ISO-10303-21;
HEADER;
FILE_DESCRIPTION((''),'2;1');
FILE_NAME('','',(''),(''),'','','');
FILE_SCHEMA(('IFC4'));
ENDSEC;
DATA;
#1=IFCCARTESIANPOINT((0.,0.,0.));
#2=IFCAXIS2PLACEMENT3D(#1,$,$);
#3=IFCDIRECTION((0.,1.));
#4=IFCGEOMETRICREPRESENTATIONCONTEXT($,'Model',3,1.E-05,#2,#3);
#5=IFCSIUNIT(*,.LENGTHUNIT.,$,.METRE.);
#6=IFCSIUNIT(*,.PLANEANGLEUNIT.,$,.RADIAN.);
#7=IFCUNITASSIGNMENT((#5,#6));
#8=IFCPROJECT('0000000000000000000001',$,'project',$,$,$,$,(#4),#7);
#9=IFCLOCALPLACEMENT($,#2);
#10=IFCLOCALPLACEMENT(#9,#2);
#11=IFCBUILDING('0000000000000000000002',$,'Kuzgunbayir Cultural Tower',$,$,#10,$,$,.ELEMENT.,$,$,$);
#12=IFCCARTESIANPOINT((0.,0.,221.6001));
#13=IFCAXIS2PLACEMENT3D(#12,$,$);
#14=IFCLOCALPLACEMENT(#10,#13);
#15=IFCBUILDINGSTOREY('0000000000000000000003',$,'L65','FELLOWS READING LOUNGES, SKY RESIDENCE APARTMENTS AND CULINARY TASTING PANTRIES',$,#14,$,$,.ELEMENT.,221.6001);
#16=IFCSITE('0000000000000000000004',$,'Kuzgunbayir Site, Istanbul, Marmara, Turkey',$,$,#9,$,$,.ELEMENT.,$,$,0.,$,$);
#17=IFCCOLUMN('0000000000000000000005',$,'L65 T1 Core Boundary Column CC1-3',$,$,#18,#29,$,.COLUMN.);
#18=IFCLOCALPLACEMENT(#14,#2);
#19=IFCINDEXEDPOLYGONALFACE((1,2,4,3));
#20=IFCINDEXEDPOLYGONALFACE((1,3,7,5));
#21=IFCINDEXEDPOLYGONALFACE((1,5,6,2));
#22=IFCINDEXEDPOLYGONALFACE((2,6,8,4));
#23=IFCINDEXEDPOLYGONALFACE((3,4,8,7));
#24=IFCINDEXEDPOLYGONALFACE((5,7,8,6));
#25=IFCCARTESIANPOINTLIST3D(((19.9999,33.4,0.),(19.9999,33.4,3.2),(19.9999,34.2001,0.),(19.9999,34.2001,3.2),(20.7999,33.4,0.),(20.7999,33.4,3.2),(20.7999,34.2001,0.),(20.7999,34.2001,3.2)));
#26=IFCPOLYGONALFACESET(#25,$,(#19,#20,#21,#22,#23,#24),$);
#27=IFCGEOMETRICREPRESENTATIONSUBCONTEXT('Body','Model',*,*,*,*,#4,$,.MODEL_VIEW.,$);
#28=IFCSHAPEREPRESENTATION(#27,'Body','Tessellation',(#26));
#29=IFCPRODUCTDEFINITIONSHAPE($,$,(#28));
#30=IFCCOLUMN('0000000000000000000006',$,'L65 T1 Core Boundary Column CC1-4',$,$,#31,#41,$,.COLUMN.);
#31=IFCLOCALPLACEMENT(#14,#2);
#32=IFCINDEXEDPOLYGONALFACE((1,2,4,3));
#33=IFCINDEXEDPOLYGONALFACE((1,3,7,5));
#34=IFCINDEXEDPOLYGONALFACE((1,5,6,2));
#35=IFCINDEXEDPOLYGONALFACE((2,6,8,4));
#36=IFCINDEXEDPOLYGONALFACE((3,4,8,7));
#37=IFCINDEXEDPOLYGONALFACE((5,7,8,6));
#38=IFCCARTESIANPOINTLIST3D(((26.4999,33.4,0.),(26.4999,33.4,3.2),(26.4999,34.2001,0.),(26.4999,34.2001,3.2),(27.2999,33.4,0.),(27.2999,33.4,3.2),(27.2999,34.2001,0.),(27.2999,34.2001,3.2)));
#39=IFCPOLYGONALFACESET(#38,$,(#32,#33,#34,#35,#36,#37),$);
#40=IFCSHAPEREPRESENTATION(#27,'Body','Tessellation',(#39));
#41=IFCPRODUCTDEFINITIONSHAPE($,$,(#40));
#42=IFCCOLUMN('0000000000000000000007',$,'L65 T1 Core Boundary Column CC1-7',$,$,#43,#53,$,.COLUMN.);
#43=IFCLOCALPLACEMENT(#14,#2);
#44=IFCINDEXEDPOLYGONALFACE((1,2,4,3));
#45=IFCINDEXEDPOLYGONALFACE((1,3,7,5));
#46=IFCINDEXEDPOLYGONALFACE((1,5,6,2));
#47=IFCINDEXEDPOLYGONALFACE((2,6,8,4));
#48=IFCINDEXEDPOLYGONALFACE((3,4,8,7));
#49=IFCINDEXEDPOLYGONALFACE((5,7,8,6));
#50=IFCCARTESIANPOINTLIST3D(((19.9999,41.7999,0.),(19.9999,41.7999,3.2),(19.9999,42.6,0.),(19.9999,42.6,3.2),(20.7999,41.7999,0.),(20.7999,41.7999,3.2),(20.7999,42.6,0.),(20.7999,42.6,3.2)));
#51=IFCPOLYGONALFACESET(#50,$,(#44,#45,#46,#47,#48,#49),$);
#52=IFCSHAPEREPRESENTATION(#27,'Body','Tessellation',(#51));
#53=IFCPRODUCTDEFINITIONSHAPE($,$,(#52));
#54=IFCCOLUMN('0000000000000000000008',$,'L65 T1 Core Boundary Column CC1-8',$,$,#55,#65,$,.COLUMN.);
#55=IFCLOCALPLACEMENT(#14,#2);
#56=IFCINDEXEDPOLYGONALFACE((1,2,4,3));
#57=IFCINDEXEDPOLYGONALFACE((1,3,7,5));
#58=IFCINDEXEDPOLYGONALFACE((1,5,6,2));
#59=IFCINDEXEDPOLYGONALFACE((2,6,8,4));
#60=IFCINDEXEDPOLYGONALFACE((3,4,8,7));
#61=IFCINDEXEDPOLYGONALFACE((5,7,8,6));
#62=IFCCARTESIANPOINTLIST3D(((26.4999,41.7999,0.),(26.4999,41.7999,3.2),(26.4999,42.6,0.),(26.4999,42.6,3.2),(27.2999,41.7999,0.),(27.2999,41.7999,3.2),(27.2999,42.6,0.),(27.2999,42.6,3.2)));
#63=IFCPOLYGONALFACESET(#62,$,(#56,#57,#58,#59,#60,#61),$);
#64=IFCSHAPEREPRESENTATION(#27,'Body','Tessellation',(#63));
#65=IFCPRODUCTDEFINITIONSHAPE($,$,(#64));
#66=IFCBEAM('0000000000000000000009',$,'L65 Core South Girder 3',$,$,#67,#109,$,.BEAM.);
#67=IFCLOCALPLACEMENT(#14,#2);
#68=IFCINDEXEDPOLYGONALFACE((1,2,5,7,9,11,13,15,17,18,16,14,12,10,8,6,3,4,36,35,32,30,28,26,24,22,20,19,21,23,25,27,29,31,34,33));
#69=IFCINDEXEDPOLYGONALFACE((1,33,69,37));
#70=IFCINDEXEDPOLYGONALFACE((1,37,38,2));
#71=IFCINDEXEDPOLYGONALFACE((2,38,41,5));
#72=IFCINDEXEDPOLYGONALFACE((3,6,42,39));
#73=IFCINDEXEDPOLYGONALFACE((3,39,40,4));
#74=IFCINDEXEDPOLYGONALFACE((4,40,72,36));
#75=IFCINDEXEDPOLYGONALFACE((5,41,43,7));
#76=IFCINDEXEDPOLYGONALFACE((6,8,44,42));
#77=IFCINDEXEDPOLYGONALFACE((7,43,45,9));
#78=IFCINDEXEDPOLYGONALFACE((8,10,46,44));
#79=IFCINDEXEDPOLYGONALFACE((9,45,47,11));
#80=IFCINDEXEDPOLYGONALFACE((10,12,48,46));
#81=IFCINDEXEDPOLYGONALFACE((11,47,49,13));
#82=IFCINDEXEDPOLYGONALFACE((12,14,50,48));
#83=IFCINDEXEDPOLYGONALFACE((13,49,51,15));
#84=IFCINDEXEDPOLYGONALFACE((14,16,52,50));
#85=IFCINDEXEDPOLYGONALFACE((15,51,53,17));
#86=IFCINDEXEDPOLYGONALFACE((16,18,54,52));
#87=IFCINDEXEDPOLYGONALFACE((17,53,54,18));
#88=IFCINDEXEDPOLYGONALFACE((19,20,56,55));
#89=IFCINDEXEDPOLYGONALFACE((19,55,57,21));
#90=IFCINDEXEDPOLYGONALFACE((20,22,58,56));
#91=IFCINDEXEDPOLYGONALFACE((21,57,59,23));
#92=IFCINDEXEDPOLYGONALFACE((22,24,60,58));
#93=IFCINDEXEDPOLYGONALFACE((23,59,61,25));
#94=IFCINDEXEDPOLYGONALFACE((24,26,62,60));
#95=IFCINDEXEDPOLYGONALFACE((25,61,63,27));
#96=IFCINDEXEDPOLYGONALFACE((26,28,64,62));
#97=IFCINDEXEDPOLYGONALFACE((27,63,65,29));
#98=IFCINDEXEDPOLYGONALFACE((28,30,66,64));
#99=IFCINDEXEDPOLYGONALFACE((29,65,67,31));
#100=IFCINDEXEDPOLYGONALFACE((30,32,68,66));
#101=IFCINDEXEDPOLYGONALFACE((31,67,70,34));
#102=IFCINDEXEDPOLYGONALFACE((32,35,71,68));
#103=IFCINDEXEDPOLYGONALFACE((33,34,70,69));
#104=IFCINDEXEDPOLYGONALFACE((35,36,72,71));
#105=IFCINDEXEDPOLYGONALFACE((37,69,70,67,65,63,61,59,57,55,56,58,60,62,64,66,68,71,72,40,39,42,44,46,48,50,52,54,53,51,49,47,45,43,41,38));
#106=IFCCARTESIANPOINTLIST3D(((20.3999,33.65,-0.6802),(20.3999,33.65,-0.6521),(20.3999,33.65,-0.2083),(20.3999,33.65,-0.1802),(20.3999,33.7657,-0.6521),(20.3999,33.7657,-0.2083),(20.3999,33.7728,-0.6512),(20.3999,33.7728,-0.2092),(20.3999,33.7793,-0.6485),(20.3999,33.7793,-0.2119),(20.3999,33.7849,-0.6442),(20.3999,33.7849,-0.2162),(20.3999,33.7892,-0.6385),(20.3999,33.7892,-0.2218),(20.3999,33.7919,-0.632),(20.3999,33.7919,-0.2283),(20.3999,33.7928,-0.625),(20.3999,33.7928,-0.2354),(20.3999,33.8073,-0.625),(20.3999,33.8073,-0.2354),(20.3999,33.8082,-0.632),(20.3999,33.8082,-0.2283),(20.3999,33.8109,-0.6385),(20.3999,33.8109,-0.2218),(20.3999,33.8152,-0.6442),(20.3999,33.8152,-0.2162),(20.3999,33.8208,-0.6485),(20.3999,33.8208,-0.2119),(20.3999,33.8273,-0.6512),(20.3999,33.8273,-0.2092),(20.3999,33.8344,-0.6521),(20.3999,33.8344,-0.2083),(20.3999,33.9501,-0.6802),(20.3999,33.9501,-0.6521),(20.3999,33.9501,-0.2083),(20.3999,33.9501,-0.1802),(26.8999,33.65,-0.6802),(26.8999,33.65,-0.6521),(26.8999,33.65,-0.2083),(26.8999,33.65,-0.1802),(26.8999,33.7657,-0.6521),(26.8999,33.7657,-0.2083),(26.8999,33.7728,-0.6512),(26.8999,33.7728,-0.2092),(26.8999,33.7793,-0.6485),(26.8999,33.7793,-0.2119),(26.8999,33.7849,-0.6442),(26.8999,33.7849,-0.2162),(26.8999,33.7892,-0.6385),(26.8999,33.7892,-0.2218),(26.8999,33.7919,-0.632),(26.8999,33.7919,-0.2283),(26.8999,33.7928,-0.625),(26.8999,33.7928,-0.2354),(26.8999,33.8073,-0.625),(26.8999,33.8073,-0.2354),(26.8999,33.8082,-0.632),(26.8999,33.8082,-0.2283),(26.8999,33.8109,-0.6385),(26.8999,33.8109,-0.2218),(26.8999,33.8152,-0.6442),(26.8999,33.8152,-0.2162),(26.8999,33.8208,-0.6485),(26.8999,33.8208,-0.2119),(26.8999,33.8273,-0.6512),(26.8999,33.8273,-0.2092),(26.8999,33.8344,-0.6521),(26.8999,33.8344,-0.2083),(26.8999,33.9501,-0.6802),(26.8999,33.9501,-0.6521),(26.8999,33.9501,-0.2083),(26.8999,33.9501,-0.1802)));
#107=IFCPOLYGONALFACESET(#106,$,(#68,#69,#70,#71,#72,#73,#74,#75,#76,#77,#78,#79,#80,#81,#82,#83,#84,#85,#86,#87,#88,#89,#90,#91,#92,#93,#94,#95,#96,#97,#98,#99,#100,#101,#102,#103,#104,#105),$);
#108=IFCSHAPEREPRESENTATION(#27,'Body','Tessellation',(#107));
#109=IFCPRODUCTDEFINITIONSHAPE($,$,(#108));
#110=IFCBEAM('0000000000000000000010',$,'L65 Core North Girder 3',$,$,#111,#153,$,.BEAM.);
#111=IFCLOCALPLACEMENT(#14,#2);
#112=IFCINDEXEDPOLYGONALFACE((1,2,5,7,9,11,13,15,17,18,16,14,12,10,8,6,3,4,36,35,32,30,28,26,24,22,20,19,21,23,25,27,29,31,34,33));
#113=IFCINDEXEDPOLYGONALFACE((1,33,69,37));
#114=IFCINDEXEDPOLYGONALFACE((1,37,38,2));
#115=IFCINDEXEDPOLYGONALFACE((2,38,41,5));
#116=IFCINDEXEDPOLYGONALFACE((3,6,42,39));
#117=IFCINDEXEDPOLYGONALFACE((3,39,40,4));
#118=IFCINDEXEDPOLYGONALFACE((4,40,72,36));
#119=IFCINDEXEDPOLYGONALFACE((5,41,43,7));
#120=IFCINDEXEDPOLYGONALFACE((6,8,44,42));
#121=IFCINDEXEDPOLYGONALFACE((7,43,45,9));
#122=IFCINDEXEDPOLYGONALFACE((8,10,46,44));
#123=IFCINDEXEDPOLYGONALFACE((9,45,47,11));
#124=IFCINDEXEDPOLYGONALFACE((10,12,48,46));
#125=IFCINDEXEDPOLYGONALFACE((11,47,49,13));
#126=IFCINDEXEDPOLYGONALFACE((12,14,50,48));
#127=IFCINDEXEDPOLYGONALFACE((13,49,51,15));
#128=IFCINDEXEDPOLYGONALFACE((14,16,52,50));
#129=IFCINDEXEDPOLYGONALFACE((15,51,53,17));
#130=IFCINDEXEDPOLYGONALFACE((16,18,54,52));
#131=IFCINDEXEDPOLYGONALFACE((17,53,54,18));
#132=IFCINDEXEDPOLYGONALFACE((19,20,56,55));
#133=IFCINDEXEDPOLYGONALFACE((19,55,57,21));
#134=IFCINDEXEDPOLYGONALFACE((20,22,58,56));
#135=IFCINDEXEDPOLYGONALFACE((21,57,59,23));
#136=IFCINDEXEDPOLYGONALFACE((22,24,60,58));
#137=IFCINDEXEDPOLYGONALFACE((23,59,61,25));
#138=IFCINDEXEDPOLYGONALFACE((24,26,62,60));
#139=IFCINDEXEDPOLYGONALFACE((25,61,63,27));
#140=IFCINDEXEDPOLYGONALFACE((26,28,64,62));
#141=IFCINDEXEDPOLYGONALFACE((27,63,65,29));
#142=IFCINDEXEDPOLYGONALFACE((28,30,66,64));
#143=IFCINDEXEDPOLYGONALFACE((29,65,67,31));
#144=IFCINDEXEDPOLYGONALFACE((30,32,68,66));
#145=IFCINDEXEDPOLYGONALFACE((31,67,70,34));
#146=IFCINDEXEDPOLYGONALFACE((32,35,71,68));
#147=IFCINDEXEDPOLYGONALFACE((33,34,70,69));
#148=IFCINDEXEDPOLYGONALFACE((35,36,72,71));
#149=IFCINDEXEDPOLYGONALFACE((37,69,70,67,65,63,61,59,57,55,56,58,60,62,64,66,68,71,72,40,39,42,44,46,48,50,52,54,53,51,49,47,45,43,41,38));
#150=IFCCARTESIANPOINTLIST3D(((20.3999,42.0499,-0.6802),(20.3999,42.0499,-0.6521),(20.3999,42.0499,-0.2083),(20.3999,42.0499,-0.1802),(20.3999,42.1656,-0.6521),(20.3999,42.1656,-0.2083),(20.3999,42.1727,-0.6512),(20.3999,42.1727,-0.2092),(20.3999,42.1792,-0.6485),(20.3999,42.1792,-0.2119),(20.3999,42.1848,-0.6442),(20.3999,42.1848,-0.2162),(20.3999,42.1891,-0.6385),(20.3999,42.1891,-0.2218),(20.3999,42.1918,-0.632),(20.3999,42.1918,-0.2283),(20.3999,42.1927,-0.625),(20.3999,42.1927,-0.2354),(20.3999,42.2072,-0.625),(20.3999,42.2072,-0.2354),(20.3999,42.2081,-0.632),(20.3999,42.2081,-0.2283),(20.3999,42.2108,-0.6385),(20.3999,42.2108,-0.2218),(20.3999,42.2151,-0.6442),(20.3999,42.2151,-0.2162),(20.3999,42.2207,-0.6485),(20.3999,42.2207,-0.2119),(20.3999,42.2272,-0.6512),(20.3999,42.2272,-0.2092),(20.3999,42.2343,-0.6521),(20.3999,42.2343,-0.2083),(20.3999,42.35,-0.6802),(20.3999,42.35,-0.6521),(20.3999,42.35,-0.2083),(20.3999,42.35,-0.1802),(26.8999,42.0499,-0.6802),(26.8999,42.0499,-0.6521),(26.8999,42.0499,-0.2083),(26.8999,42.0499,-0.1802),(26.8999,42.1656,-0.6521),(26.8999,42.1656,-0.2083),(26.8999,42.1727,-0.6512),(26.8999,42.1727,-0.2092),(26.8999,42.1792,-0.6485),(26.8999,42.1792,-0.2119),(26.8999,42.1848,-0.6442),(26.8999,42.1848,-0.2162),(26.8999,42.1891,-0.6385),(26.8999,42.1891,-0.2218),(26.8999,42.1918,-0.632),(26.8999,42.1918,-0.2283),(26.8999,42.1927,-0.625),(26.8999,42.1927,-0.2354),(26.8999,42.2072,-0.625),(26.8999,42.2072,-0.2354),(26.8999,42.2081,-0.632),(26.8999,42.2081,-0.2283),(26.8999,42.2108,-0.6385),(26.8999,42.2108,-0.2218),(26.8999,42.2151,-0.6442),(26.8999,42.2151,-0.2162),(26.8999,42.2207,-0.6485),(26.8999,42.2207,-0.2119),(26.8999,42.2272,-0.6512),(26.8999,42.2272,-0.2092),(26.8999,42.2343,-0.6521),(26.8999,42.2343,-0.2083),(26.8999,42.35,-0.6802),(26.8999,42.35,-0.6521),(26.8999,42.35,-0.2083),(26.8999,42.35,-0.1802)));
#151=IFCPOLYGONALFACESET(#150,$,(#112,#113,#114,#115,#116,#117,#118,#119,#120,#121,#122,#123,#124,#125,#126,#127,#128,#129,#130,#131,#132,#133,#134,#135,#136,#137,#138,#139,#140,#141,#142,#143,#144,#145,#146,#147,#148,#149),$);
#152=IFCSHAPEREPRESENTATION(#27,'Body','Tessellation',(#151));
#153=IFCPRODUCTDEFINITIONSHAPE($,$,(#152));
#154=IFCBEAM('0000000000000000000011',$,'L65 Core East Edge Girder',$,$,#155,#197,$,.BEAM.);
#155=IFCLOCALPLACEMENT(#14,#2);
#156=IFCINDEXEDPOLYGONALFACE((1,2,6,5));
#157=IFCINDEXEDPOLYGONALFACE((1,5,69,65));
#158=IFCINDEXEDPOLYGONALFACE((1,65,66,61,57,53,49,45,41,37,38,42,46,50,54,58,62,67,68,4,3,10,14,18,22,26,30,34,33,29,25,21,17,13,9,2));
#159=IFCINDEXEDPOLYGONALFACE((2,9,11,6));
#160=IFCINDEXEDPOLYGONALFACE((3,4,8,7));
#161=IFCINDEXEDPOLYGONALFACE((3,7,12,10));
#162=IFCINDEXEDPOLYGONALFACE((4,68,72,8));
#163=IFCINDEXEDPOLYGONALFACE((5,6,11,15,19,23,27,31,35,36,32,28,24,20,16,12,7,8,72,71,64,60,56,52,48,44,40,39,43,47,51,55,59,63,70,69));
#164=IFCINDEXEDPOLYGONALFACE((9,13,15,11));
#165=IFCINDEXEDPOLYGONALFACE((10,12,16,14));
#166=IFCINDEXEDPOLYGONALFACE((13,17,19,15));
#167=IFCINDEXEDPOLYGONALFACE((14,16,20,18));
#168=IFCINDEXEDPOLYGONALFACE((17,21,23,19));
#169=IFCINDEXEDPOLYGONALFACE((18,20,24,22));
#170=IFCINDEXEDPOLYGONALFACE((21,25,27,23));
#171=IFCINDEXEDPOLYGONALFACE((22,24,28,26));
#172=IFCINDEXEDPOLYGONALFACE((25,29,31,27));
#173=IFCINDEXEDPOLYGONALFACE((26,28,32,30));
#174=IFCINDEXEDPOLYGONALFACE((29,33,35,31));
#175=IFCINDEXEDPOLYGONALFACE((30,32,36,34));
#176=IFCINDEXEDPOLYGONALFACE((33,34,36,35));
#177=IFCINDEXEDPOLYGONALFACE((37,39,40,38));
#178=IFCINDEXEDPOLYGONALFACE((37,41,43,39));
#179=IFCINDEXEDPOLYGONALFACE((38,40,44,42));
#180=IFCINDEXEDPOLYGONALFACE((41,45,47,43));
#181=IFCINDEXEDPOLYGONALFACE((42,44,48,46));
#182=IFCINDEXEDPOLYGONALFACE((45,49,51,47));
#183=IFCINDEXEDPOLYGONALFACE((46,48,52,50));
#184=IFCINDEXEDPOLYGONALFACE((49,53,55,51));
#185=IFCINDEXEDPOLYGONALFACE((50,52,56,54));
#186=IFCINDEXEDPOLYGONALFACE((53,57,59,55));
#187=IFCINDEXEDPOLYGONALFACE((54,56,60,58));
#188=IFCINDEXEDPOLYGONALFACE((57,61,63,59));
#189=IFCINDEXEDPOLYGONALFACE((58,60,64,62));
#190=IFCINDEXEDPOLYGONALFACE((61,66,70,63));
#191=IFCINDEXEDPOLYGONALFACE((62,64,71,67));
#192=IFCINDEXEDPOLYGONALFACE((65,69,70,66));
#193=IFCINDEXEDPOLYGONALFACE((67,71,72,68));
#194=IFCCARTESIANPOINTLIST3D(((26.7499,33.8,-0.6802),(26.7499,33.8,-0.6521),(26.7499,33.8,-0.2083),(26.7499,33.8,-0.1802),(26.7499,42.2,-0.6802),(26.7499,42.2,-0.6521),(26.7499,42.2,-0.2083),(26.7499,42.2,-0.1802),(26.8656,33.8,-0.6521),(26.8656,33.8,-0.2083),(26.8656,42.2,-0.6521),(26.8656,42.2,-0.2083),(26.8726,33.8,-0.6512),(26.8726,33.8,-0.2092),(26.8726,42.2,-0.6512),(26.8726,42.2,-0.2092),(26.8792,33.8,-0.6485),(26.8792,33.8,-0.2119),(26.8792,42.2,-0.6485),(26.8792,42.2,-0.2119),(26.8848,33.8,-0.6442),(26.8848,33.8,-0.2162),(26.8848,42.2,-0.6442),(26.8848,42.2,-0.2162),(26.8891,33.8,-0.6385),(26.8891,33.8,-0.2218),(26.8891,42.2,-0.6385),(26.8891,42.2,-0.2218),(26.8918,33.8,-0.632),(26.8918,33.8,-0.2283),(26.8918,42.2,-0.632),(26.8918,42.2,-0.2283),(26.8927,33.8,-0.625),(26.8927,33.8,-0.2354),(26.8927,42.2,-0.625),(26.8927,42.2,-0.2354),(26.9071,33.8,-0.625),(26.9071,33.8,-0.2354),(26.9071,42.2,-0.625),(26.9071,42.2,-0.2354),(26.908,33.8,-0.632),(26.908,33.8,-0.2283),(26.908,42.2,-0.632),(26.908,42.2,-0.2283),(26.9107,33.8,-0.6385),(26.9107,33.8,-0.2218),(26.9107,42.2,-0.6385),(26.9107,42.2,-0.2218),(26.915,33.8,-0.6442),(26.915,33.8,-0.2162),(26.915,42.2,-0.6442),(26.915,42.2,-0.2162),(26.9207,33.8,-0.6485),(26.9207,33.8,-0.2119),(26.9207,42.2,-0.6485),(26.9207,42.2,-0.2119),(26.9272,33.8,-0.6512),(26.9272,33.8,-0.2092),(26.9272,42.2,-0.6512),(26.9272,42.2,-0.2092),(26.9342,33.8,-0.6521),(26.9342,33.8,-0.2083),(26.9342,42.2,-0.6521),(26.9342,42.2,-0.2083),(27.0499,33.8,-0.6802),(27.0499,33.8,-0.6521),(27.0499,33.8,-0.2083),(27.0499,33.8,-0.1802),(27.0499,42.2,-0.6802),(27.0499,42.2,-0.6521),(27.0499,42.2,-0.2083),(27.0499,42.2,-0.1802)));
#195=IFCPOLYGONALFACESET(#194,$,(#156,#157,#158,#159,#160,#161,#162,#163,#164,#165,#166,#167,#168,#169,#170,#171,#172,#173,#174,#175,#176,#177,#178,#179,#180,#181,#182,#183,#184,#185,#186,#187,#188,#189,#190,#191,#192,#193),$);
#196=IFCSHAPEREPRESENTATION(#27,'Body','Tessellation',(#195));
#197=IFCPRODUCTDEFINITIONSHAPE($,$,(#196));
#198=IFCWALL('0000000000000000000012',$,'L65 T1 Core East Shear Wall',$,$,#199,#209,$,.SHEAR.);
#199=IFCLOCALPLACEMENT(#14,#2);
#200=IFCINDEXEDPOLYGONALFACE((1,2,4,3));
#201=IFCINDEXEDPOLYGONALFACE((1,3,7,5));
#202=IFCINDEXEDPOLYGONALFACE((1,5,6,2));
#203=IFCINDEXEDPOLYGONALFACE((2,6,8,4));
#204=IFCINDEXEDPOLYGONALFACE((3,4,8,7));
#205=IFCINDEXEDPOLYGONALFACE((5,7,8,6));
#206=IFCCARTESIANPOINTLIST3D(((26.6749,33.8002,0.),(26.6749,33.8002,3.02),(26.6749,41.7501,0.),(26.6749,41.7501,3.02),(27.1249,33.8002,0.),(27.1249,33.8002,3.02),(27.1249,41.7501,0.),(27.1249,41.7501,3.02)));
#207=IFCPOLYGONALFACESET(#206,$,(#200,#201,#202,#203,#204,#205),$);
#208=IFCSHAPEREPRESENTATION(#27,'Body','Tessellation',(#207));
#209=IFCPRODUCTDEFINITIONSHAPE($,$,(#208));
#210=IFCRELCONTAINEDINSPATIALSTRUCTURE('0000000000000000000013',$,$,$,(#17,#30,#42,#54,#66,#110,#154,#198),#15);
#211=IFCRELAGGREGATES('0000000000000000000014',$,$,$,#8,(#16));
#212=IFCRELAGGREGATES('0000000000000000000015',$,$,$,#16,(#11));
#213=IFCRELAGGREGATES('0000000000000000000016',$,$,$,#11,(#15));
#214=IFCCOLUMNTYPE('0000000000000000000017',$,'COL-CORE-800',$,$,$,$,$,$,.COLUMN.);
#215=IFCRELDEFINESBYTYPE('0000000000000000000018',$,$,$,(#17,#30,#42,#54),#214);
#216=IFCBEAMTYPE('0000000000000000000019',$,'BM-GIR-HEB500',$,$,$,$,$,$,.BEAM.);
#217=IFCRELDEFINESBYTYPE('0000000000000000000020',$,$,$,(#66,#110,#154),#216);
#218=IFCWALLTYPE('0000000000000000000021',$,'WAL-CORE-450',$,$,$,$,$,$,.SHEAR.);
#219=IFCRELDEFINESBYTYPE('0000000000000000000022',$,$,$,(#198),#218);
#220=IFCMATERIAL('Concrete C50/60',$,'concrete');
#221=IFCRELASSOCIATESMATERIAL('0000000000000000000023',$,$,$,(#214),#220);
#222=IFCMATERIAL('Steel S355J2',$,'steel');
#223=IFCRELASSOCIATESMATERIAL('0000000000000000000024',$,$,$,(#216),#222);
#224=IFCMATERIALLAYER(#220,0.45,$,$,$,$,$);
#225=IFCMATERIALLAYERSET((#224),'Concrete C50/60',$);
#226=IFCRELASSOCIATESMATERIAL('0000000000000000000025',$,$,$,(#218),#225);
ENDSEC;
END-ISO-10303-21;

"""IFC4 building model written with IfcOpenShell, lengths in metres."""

from ifc_helpers import new_model, si_unit, direction, frame, frame_2d, origin, origin_2d, place, context, subcontext, project, spatial, rectangle, i_section, extrude, material, layer, layer_set, material_profile, profile_set, type_object, element, save


model = new_model("IFC4")

# Units and contexts
model_context = context("Model", 3, precision=1e-05, world=origin(), true_north=direction((0.0, 1.0)))
body_context = subcontext(model_context, "Body", "Model", "MODEL_VIEW")
ifc_project = project(units=[si_unit("LENGTHUNIT", "METRE"), si_unit("PLANEANGLEUNIT", "RADIAN")], contexts=[model_context])

# Site, building, storey
site_placement = place(None, origin())
site = spatial("IfcSite", under=ifc_project, at=site_placement, Name="Kuzgunbayir Site, Istanbul, Marmara, Turkey", CompositionType="ELEMENT", RefElevation=0.0)
building_placement = place(site_placement, origin())
building = spatial("IfcBuilding", under=site, at=building_placement, Name="Kuzgunbayir Cultural Tower", CompositionType="ELEMENT")
storey_placement = place(building_placement, frame((0.0, 0.0, 221.6001)))
storey = spatial("IfcBuildingStorey", under=building, at=storey_placement, Name="L65", Description="FELLOWS READING LOUNGES, SKY RESIDENCE APARTMENTS AND CULINARY TASTING PANTRIES", CompositionType="ELEMENT", Elevation=221.6001)

# Columns
ifc_material_1 = material(Name="Concrete C50/60", Category="concrete")
ifc_material_profile_1 = material_profile(ifc_material_1, rectangle(XDim=0.8, YDim=0.8, at=origin_2d()), Name="RC 800x800")
ifc_profile_set_1 = profile_set([ifc_material_profile_1], Name="Concrete C50/60")
column_type = type_object("IfcColumnType", Name="COL-CORE-800", PredefinedType="COLUMN", material=ifc_profile_set_1)
for number, where, z_axis, x_axis, name in (
    (1, (20.3999, 33.8, 0.0), (0.0, 0.0, 1.0), (1.0, 0.0, 0.0), "L65 T1 Core Boundary Column CC1-3"),
    (2, (26.8999, 33.8, 0.0), (0.0, 0.0, 1.0), (1.0, 0.0, 0.0), "L65 T1 Core Boundary Column CC1-4"),
    (3, (20.3999, 42.2, 0.0), (0.0, 0.0, 1.0), (1.0, 0.0, 0.0), "L65 T1 Core Boundary Column CC1-7"),
    (4, (26.8999, 42.2, 0.0), (0.0, 0.0, 1.0), (1.0, 0.0, 0.0), "L65 T1 Core Boundary Column CC1-8"),
):
    element("IfcColumn", number, at=place(storey_placement, frame(where, z_axis=z_axis, x_axis=x_axis)), inside=storey, type_object=column_type, Name=name, PredefinedType="COLUMN", context=body_context, shape_type="SweptSolid", body=[
        extrude(rectangle(XDim=0.8, YDim=0.8, at=origin_2d()), origin(), (0.0, 0.0, 1.0), 3.2),
    ])

# Beams
ifc_material_2 = material(Name="Steel S355J2", Category="steel")
ifc_material_profile_2 = material_profile(ifc_material_2, i_section(OverallWidth=0.3, OverallDepth=0.5, WebThickness=0.0144, FlangeThickness=0.0281, FilletRadius=0.0271, at=origin_2d()), Name="HEB 500")
ifc_profile_set_2 = profile_set([ifc_material_profile_2], Name="Steel S355J2")
beam_type = type_object("IfcBeamType", Name="BM-GIR-HEB500", PredefinedType="BEAM", material=ifc_profile_set_2)
for number, where, z_axis, x_axis, name in (
    (5, (20.3999, 33.8, -0.4302), (1.0, 0.0, 0.0), (0.0, 1.0, 0.0), "L65 Core South Girder 3"),
    (6, (20.3999, 42.2, -0.4302), (1.0, 0.0, 0.0), (0.0, 1.0, 0.0), "L65 Core North Girder 3"),
):
    element("IfcBeam", number, at=place(storey_placement, frame(where, z_axis=z_axis, x_axis=x_axis)), inside=storey, type_object=beam_type, Name=name, PredefinedType="BEAM", context=body_context, shape_type="SweptSolid", body=[
        extrude(i_section(OverallWidth=0.3, OverallDepth=0.5, WebThickness=0.0144, FlangeThickness=0.0281, FilletRadius=0.0271, at=origin_2d()), origin(), (0.0, 0.0, 1.0), 6.5),
    ])
beam_placement = place(storey_placement, frame((26.8999, 33.8, -0.4302), z_axis=(0.0, 1.0, 0.0), x_axis=(-1.0, 0.0, 0.0)))
element("IfcBeam", 7, at=beam_placement, inside=storey, type_object=beam_type, Name="L65 Core East Edge Girder", PredefinedType="BEAM", context=body_context, shape_type="SweptSolid", body=[
    extrude(i_section(OverallWidth=0.3, OverallDepth=0.5, WebThickness=0.0144, FlangeThickness=0.0281, FilletRadius=0.0271, at=origin_2d()), origin(), (0.0, 0.0, 1.0), 8.3999),
])

# Wall
ifc_layer_1 = layer(ifc_material_1, 0.45)
ifc_layer_set_1 = layer_set([ifc_layer_1], Name="Concrete C50/60")
wall_type_1 = type_object("IfcWallType", Name="WAL-CORE-450", PredefinedType="SHEAR", material=ifc_layer_set_1)
wall_1_placement = place(storey_placement, frame((26.8999, 33.8, 0.0), z_axis=(0.0, 0.0, 1.0), x_axis=(0.0, 1.0, 0.0)))
element("IfcWall", 8, at=wall_1_placement, inside=storey, type_object=wall_type_1, Name="L65 T1 Core East Shear Wall", PredefinedType="SHEAR", context=body_context, shape_type="SweptSolid", body=[
    extrude(rectangle(XDim=7.95, YDim=0.45, at=frame_2d((3.9751, 0.0))), origin(), (0.0, 0.0, 1.0), 3.02),
])

save(model, "model.ifc")
